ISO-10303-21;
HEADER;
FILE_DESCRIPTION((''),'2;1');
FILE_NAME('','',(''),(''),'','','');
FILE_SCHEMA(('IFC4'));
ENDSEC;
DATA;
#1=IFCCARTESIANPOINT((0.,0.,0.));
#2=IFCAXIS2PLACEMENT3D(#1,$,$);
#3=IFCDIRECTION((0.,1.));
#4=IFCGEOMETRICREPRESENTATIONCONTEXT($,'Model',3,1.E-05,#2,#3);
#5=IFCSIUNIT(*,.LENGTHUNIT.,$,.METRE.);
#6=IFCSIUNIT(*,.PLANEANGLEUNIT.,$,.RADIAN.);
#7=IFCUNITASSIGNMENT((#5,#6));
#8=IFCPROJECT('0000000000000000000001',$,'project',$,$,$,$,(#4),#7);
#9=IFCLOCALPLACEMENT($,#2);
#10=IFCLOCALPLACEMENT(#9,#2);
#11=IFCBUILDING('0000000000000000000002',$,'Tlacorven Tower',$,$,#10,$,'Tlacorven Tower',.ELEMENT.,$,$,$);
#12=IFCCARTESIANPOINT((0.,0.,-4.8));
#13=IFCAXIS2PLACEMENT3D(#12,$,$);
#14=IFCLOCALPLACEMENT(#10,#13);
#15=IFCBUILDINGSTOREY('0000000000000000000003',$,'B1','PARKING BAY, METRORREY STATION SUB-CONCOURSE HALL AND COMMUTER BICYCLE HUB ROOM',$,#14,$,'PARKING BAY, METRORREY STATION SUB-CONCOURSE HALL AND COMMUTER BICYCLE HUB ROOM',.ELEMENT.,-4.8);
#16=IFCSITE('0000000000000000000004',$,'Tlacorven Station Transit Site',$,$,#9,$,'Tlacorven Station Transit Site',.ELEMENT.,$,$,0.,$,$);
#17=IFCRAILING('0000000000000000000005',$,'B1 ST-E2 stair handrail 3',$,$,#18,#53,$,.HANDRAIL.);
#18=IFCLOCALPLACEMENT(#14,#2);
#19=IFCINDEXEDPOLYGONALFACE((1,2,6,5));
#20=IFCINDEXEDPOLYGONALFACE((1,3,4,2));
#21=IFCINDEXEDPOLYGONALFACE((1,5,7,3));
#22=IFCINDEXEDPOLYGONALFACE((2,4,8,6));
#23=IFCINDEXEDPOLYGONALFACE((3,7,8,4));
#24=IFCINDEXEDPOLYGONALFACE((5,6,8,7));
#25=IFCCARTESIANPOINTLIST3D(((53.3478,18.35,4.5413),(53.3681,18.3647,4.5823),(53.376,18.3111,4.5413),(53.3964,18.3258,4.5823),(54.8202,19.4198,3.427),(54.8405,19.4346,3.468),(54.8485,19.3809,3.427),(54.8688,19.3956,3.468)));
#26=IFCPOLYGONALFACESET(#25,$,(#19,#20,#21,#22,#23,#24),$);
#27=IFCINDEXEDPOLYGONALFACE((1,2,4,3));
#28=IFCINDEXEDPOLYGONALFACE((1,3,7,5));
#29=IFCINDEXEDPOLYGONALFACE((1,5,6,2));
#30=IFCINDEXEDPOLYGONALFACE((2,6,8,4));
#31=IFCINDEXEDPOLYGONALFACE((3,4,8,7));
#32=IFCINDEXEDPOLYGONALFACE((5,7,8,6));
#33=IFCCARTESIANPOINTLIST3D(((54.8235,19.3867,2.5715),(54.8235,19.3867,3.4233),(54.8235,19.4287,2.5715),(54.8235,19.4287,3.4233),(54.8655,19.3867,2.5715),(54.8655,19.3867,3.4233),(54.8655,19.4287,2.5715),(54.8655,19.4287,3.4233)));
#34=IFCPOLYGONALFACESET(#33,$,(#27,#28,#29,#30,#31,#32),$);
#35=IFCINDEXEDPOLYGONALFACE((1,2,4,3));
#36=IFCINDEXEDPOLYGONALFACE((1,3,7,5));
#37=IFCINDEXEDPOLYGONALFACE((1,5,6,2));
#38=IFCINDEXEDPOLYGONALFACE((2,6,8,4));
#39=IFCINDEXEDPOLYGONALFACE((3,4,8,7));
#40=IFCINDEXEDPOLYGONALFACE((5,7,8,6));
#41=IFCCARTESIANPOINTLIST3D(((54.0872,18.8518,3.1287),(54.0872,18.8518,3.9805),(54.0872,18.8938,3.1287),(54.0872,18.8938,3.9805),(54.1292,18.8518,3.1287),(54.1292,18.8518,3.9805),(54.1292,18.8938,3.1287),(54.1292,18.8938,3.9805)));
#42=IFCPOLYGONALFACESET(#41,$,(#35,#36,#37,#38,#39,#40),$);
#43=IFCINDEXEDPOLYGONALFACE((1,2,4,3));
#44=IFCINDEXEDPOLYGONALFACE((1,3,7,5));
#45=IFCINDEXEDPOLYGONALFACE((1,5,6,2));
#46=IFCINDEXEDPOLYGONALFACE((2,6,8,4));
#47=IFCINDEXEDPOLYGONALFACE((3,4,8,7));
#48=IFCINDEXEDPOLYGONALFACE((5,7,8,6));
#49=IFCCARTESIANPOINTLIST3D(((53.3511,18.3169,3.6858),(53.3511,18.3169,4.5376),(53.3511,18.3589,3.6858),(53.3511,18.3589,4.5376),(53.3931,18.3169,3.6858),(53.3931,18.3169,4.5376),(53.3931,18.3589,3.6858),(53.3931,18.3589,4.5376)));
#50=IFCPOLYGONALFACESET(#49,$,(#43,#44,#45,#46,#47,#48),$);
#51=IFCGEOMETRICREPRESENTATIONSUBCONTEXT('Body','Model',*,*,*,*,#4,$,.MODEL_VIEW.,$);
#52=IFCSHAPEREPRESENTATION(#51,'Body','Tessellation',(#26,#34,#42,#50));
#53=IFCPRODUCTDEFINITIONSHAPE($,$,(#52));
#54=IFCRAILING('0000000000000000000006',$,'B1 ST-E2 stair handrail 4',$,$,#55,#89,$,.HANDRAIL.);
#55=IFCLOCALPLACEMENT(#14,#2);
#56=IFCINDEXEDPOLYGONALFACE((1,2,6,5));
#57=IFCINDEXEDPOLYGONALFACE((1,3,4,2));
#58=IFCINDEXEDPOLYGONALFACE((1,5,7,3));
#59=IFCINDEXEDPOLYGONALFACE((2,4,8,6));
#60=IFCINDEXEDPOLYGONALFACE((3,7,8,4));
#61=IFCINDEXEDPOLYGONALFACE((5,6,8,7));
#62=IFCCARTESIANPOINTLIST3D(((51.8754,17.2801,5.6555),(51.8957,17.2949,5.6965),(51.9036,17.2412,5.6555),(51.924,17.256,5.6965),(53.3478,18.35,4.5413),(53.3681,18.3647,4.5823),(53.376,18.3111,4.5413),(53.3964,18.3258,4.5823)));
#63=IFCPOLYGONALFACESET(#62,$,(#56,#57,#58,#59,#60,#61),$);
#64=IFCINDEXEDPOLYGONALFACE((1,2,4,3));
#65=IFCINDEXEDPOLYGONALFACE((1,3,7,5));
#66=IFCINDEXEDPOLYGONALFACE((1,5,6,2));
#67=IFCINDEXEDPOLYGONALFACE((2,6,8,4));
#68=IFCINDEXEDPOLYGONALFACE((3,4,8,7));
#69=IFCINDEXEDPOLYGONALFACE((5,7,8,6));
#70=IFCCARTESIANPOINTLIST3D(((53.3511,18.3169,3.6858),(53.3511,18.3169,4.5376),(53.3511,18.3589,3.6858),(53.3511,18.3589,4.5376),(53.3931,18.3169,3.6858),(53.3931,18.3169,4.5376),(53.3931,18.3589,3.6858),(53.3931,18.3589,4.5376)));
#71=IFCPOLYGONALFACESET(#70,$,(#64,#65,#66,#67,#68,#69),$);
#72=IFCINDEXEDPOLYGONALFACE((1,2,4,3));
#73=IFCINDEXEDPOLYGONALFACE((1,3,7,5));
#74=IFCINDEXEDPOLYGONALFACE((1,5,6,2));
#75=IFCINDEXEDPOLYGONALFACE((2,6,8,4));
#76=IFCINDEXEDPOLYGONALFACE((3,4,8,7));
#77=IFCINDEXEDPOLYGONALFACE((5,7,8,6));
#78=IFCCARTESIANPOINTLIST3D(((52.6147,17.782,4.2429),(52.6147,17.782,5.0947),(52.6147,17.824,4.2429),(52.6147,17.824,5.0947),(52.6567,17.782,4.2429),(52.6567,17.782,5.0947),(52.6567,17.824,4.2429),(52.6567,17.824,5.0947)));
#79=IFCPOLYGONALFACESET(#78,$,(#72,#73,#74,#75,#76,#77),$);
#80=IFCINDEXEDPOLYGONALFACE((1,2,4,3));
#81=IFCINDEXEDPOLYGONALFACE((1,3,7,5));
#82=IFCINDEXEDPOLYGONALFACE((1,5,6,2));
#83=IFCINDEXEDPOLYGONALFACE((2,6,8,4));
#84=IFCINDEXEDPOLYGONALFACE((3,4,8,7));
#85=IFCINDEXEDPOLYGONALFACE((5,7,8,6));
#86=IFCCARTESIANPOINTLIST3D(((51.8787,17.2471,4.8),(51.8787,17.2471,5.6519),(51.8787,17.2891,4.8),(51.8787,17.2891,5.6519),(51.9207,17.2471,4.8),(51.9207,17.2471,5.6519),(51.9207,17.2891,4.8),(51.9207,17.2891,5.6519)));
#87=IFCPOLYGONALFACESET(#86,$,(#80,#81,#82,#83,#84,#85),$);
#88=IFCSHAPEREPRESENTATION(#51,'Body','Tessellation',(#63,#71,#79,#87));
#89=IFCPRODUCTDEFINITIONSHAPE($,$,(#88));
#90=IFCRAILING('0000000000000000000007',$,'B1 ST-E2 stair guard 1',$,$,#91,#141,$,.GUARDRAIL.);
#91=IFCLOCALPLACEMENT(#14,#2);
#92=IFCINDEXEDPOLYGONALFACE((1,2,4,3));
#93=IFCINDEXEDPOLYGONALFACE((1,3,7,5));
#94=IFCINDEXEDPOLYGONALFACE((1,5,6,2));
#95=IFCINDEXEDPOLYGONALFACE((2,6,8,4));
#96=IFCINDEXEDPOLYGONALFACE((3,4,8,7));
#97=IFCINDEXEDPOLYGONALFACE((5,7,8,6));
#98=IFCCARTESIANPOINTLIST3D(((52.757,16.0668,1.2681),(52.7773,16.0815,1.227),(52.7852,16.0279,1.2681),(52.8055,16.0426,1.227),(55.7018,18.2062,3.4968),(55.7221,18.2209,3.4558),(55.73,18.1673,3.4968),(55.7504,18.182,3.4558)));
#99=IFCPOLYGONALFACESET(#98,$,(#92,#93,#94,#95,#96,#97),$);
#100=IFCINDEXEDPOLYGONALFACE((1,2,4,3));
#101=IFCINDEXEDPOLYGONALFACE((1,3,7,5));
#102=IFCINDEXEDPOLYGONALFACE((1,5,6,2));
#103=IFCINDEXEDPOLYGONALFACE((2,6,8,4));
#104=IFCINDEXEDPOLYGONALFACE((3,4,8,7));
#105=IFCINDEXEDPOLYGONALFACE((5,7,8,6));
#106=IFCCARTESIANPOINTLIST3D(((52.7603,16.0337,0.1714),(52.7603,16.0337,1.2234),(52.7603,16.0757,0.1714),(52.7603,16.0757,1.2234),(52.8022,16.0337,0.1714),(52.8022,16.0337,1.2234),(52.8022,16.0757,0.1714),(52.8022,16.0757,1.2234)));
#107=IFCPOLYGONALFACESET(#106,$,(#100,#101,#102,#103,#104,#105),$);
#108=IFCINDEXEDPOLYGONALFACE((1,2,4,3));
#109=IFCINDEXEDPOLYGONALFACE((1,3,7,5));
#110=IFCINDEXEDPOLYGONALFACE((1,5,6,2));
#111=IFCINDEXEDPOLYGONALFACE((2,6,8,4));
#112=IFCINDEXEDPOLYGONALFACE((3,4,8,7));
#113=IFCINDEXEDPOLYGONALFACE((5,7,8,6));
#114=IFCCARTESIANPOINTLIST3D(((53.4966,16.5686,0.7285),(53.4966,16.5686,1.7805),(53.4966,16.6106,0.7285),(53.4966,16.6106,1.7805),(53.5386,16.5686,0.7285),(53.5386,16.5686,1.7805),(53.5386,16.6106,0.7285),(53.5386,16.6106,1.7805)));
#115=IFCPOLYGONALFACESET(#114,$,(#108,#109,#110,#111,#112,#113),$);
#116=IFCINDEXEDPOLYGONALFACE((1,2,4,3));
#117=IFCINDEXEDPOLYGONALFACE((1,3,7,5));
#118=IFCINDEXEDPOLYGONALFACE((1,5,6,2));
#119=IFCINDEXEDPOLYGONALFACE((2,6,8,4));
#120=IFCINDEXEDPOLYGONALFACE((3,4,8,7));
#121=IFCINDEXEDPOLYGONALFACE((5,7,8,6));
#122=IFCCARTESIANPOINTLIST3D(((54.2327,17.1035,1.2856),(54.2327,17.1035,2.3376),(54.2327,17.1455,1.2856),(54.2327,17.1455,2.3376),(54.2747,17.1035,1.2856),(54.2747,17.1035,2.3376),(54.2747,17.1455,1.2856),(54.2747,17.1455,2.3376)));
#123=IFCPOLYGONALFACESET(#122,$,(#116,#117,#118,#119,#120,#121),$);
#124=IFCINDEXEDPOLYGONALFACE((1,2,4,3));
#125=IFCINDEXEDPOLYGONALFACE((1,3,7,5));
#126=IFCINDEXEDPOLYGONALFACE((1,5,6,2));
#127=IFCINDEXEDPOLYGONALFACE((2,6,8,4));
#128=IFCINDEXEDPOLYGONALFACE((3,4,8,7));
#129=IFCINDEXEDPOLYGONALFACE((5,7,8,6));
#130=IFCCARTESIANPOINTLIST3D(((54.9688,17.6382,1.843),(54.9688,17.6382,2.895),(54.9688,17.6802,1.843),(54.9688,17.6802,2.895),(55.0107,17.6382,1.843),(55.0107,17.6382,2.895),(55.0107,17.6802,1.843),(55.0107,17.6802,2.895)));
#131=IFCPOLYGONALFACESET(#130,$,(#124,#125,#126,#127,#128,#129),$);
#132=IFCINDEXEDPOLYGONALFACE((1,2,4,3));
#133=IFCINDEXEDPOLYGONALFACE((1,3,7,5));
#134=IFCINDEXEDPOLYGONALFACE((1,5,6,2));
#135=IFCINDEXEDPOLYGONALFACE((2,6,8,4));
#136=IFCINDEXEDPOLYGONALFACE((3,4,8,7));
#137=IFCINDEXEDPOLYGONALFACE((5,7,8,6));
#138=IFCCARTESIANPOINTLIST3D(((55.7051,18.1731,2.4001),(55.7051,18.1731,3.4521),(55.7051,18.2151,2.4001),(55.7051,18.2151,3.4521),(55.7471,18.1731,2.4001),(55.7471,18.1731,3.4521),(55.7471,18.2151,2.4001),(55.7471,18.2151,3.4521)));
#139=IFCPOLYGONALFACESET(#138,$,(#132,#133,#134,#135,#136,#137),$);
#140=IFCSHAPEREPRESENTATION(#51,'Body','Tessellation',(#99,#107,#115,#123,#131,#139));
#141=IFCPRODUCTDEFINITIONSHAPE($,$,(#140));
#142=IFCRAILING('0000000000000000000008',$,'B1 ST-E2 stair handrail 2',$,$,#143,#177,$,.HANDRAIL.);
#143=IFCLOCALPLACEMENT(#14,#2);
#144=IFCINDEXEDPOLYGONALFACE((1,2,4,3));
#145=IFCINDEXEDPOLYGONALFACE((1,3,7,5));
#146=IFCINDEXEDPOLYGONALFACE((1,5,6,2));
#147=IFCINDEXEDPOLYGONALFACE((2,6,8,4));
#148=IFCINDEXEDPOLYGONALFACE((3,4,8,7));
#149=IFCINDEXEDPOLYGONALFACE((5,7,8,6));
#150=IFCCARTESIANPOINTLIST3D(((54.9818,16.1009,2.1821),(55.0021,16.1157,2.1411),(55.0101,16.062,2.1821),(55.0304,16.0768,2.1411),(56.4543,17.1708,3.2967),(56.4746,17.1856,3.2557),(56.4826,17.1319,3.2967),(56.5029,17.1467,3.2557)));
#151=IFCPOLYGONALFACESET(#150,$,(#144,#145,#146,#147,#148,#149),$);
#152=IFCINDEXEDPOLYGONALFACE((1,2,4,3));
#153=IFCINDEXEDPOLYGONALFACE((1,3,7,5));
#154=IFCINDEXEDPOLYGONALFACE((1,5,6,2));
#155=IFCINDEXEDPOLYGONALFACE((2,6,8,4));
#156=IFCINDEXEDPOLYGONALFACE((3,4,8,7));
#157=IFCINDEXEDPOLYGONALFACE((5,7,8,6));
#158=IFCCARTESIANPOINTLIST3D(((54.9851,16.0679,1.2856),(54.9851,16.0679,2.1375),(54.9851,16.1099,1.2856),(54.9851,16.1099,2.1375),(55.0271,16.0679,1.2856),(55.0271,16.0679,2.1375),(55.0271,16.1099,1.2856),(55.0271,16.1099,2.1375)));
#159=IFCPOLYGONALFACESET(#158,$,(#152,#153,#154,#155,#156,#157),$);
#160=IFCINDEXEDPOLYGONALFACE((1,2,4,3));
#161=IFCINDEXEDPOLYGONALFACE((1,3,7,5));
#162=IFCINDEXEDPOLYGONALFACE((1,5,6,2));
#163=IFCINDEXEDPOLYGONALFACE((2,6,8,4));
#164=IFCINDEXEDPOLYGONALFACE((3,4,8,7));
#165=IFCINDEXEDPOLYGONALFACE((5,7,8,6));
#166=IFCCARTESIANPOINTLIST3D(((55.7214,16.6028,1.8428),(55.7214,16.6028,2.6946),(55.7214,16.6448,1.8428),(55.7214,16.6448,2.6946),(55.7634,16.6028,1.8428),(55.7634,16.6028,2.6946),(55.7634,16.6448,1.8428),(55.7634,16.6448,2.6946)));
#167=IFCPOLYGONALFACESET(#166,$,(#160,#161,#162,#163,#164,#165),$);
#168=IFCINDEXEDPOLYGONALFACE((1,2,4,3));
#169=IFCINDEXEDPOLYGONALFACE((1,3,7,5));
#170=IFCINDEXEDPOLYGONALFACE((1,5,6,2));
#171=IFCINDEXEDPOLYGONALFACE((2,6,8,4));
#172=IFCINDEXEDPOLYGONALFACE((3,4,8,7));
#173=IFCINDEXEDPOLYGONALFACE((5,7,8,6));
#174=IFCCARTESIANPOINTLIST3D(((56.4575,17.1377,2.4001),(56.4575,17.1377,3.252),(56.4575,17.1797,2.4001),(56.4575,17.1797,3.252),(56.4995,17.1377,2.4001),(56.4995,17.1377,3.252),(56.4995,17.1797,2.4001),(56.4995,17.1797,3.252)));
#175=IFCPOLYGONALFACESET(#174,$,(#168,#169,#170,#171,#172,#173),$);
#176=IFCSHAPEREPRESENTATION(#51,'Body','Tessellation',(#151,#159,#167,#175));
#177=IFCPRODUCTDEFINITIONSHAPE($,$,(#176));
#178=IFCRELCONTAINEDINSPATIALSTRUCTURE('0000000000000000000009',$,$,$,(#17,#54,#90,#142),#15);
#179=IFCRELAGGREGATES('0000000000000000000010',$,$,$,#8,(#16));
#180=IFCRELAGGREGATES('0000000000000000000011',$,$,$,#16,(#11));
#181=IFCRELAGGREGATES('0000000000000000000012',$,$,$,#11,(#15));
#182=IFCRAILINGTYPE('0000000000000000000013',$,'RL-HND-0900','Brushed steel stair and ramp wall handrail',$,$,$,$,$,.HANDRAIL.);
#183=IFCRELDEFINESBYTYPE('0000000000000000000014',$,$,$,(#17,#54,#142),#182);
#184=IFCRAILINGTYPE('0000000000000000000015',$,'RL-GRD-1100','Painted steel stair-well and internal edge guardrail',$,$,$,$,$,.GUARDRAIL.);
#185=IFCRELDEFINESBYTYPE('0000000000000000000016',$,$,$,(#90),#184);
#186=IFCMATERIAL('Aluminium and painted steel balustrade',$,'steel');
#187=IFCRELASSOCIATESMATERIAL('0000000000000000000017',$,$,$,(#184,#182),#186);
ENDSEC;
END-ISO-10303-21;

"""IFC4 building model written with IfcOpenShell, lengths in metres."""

from ifc_helpers import new_model, si_unit, direction, frame, origin, origin_2d, place, context, subcontext, project, spatial, rectangle, extrude, source, transform, mapped, material, type_object, element, save


model = new_model("IFC4")

# Units and contexts
model_context = context("Model", 3, precision=1e-05, world=origin(), true_north=direction((0.0, 1.0)))
body_context = subcontext(model_context, "Body", "Model", "MODEL_VIEW")
ifc_project = project(units=[si_unit("LENGTHUNIT", "METRE"), si_unit("PLANEANGLEUNIT", "RADIAN")], contexts=[model_context])

# Site, building, storey
site_placement = place(None, origin())
site = spatial("IfcSite", under=ifc_project, at=site_placement, Name="Tlacorven Station Transit Site", LongName="Tlacorven Station Transit Site", CompositionType="ELEMENT", RefElevation=0.0)
building_placement = place(site_placement, origin())
building = spatial("IfcBuilding", under=site, at=building_placement, Name="Tlacorven Tower", LongName="Tlacorven Tower", CompositionType="ELEMENT")
storey_placement = place(building_placement, frame((0.0, 0.0, -4.8)))
storey = spatial("IfcBuildingStorey", under=building, at=storey_placement, Name="B1", Description="PARKING BAY, METRORREY STATION SUB-CONCOURSE HALL AND COMMUTER BICYCLE HUB ROOM", LongName="PARKING BAY, METRORREY STATION SUB-CONCOURSE HALL AND COMMUTER BICYCLE HUB ROOM", CompositionType="ELEMENT", Elevation=-4.8)

# Railings
ifc_material_1 = material(Name="Aluminium and painted steel balustrade", Category="steel")
railing_type_1 = type_object("IfcRailingType", Name="RL-GRD-1100", Description="Painted steel stair-well and internal edge guardrail", PredefinedType="GUARDRAIL", material=ifc_material_1)
railing_type_2 = type_object("IfcRailingType", Name="RL-HND-0900", Description="Brushed steel stair and ramp wall handrail", PredefinedType="HANDRAIL", material=ifc_material_1)
shared_shape_1 = source(origin(), body_context, "Body", "SweptSolid", [
    extrude(rectangle(XDim=0.0481, YDim=0.0481, at=origin_2d()), frame((0.0, 0.0, 0.876), z_axis=(-0.689967, -0.501316, 0.522137), x_axis=(0.587805, -0.809003, 0.0)), (0.0, 0.0, 1.0), 2.134),
    extrude(rectangle(XDim=0.042, YDim=0.042, at=origin_2d()), origin(), (0.0, 0.0, 1.0), 0.8518),
    extrude(rectangle(XDim=0.042, YDim=0.042, at=origin_2d()), frame((-0.7363, -0.5349, 0.5571)), (0.0, 0.0, 1.0), 0.8518),
    extrude(rectangle(XDim=0.042, YDim=0.042, at=origin_2d()), frame((-1.4724, -1.0698, 1.1143)), (0.0, 0.0, 1.0), 0.8518),
])
for number, where, name in (
    (1, (54.8445, 19.4077, 2.5715), "B1 ST-E2 stair handrail 3"),
    (2, (53.3721, 18.3379, 3.6858), "B1 ST-E2 stair handrail 4"),
):
    element("IfcRailing", number, at=place(storey_placement, frame(where)), inside=storey, type_object=railing_type_2, Name=name, PredefinedType="HANDRAIL", context=body_context, shape_type="MappedRepresentation", body=[
        mapped(shared_shape_1, transform((0.0, 0.0, 0.0), scale=1.0)),
    ])
shared_shape_2 = source(origin(), body_context, "Body", "SweptSolid", [
    extrude(rectangle(XDim=0.0481, YDim=0.0481, at=origin_2d()), frame((0.0, 0.0, 1.0762), z_axis=(0.689966, 0.501258, 0.522194), x_axis=(-0.587761, 0.809035, 0.0)), (0.0, 0.0, 1.0), 4.2681),
    extrude(rectangle(XDim=0.042, YDim=0.042, at=origin_2d()), origin(), (0.0, 0.0, 1.0), 1.052),
    extrude(rectangle(XDim=0.042, YDim=0.042, at=origin_2d()), frame((0.7363, 0.5349, 0.5571)), (0.0, 0.0, 1.0), 1.052),
    extrude(rectangle(XDim=0.042, YDim=0.042, at=origin_2d()), frame((1.4724, 1.0698, 1.1143)), (0.0, 0.0, 1.0), 1.052),
    extrude(rectangle(XDim=0.042, YDim=0.042, at=origin_2d()), frame((2.2085, 1.6045, 1.6716)), (0.0, 0.0, 1.0), 1.052),
    extrude(rectangle(XDim=0.042, YDim=0.042, at=origin_2d()), frame((2.9448, 2.1394, 2.2288)), (0.0, 0.0, 1.0), 1.052),
])
railing_1_placement = place(storey_placement, frame((52.7812, 16.0547, 0.1714)))
element("IfcRailing", 3, at=railing_1_placement, inside=storey, type_object=railing_type_1, Name="B1 ST-E2 stair guard 1", PredefinedType="GUARDRAIL", context=body_context, shape_type="MappedRepresentation", body=[
    mapped(shared_shape_2, transform((0.0, 0.0, 0.0), scale=1.0)),
])
shared_shape_3 = source(origin(), body_context, "Body", "SweptSolid", [
    extrude(rectangle(XDim=0.0481, YDim=0.0481, at=origin_2d()), frame((0.0, 0.0, 0.876), z_axis=(0.689926, 0.501286, 0.522221), x_axis=(-0.587805, 0.809003, 0.0)), (0.0, 0.0, 1.0), 2.1343),
    extrude(rectangle(XDim=0.042, YDim=0.042, at=origin_2d()), origin(), (0.0, 0.0, 1.0), 0.8518),
    extrude(rectangle(XDim=0.042, YDim=0.042, at=origin_2d()), frame((0.7363, 0.5349, 0.5571)), (0.0, 0.0, 1.0), 0.8518),
    extrude(rectangle(XDim=0.042, YDim=0.042, at=origin_2d()), frame((1.4724, 1.0698, 1.1145)), (0.0, 0.0, 1.0), 0.8518),
])
railing_2_placement = place(storey_placement, frame((55.0061, 16.0889, 1.2856)))
element("IfcRailing", 4, at=railing_2_placement, inside=storey, type_object=railing_type_2, Name="B1 ST-E2 stair handrail 2", PredefinedType="HANDRAIL", context=body_context, shape_type="MappedRepresentation", body=[
    mapped(shared_shape_3, transform((0.0, 0.0, 0.0), scale=1.0)),
])

save(model, "model.ifc")
